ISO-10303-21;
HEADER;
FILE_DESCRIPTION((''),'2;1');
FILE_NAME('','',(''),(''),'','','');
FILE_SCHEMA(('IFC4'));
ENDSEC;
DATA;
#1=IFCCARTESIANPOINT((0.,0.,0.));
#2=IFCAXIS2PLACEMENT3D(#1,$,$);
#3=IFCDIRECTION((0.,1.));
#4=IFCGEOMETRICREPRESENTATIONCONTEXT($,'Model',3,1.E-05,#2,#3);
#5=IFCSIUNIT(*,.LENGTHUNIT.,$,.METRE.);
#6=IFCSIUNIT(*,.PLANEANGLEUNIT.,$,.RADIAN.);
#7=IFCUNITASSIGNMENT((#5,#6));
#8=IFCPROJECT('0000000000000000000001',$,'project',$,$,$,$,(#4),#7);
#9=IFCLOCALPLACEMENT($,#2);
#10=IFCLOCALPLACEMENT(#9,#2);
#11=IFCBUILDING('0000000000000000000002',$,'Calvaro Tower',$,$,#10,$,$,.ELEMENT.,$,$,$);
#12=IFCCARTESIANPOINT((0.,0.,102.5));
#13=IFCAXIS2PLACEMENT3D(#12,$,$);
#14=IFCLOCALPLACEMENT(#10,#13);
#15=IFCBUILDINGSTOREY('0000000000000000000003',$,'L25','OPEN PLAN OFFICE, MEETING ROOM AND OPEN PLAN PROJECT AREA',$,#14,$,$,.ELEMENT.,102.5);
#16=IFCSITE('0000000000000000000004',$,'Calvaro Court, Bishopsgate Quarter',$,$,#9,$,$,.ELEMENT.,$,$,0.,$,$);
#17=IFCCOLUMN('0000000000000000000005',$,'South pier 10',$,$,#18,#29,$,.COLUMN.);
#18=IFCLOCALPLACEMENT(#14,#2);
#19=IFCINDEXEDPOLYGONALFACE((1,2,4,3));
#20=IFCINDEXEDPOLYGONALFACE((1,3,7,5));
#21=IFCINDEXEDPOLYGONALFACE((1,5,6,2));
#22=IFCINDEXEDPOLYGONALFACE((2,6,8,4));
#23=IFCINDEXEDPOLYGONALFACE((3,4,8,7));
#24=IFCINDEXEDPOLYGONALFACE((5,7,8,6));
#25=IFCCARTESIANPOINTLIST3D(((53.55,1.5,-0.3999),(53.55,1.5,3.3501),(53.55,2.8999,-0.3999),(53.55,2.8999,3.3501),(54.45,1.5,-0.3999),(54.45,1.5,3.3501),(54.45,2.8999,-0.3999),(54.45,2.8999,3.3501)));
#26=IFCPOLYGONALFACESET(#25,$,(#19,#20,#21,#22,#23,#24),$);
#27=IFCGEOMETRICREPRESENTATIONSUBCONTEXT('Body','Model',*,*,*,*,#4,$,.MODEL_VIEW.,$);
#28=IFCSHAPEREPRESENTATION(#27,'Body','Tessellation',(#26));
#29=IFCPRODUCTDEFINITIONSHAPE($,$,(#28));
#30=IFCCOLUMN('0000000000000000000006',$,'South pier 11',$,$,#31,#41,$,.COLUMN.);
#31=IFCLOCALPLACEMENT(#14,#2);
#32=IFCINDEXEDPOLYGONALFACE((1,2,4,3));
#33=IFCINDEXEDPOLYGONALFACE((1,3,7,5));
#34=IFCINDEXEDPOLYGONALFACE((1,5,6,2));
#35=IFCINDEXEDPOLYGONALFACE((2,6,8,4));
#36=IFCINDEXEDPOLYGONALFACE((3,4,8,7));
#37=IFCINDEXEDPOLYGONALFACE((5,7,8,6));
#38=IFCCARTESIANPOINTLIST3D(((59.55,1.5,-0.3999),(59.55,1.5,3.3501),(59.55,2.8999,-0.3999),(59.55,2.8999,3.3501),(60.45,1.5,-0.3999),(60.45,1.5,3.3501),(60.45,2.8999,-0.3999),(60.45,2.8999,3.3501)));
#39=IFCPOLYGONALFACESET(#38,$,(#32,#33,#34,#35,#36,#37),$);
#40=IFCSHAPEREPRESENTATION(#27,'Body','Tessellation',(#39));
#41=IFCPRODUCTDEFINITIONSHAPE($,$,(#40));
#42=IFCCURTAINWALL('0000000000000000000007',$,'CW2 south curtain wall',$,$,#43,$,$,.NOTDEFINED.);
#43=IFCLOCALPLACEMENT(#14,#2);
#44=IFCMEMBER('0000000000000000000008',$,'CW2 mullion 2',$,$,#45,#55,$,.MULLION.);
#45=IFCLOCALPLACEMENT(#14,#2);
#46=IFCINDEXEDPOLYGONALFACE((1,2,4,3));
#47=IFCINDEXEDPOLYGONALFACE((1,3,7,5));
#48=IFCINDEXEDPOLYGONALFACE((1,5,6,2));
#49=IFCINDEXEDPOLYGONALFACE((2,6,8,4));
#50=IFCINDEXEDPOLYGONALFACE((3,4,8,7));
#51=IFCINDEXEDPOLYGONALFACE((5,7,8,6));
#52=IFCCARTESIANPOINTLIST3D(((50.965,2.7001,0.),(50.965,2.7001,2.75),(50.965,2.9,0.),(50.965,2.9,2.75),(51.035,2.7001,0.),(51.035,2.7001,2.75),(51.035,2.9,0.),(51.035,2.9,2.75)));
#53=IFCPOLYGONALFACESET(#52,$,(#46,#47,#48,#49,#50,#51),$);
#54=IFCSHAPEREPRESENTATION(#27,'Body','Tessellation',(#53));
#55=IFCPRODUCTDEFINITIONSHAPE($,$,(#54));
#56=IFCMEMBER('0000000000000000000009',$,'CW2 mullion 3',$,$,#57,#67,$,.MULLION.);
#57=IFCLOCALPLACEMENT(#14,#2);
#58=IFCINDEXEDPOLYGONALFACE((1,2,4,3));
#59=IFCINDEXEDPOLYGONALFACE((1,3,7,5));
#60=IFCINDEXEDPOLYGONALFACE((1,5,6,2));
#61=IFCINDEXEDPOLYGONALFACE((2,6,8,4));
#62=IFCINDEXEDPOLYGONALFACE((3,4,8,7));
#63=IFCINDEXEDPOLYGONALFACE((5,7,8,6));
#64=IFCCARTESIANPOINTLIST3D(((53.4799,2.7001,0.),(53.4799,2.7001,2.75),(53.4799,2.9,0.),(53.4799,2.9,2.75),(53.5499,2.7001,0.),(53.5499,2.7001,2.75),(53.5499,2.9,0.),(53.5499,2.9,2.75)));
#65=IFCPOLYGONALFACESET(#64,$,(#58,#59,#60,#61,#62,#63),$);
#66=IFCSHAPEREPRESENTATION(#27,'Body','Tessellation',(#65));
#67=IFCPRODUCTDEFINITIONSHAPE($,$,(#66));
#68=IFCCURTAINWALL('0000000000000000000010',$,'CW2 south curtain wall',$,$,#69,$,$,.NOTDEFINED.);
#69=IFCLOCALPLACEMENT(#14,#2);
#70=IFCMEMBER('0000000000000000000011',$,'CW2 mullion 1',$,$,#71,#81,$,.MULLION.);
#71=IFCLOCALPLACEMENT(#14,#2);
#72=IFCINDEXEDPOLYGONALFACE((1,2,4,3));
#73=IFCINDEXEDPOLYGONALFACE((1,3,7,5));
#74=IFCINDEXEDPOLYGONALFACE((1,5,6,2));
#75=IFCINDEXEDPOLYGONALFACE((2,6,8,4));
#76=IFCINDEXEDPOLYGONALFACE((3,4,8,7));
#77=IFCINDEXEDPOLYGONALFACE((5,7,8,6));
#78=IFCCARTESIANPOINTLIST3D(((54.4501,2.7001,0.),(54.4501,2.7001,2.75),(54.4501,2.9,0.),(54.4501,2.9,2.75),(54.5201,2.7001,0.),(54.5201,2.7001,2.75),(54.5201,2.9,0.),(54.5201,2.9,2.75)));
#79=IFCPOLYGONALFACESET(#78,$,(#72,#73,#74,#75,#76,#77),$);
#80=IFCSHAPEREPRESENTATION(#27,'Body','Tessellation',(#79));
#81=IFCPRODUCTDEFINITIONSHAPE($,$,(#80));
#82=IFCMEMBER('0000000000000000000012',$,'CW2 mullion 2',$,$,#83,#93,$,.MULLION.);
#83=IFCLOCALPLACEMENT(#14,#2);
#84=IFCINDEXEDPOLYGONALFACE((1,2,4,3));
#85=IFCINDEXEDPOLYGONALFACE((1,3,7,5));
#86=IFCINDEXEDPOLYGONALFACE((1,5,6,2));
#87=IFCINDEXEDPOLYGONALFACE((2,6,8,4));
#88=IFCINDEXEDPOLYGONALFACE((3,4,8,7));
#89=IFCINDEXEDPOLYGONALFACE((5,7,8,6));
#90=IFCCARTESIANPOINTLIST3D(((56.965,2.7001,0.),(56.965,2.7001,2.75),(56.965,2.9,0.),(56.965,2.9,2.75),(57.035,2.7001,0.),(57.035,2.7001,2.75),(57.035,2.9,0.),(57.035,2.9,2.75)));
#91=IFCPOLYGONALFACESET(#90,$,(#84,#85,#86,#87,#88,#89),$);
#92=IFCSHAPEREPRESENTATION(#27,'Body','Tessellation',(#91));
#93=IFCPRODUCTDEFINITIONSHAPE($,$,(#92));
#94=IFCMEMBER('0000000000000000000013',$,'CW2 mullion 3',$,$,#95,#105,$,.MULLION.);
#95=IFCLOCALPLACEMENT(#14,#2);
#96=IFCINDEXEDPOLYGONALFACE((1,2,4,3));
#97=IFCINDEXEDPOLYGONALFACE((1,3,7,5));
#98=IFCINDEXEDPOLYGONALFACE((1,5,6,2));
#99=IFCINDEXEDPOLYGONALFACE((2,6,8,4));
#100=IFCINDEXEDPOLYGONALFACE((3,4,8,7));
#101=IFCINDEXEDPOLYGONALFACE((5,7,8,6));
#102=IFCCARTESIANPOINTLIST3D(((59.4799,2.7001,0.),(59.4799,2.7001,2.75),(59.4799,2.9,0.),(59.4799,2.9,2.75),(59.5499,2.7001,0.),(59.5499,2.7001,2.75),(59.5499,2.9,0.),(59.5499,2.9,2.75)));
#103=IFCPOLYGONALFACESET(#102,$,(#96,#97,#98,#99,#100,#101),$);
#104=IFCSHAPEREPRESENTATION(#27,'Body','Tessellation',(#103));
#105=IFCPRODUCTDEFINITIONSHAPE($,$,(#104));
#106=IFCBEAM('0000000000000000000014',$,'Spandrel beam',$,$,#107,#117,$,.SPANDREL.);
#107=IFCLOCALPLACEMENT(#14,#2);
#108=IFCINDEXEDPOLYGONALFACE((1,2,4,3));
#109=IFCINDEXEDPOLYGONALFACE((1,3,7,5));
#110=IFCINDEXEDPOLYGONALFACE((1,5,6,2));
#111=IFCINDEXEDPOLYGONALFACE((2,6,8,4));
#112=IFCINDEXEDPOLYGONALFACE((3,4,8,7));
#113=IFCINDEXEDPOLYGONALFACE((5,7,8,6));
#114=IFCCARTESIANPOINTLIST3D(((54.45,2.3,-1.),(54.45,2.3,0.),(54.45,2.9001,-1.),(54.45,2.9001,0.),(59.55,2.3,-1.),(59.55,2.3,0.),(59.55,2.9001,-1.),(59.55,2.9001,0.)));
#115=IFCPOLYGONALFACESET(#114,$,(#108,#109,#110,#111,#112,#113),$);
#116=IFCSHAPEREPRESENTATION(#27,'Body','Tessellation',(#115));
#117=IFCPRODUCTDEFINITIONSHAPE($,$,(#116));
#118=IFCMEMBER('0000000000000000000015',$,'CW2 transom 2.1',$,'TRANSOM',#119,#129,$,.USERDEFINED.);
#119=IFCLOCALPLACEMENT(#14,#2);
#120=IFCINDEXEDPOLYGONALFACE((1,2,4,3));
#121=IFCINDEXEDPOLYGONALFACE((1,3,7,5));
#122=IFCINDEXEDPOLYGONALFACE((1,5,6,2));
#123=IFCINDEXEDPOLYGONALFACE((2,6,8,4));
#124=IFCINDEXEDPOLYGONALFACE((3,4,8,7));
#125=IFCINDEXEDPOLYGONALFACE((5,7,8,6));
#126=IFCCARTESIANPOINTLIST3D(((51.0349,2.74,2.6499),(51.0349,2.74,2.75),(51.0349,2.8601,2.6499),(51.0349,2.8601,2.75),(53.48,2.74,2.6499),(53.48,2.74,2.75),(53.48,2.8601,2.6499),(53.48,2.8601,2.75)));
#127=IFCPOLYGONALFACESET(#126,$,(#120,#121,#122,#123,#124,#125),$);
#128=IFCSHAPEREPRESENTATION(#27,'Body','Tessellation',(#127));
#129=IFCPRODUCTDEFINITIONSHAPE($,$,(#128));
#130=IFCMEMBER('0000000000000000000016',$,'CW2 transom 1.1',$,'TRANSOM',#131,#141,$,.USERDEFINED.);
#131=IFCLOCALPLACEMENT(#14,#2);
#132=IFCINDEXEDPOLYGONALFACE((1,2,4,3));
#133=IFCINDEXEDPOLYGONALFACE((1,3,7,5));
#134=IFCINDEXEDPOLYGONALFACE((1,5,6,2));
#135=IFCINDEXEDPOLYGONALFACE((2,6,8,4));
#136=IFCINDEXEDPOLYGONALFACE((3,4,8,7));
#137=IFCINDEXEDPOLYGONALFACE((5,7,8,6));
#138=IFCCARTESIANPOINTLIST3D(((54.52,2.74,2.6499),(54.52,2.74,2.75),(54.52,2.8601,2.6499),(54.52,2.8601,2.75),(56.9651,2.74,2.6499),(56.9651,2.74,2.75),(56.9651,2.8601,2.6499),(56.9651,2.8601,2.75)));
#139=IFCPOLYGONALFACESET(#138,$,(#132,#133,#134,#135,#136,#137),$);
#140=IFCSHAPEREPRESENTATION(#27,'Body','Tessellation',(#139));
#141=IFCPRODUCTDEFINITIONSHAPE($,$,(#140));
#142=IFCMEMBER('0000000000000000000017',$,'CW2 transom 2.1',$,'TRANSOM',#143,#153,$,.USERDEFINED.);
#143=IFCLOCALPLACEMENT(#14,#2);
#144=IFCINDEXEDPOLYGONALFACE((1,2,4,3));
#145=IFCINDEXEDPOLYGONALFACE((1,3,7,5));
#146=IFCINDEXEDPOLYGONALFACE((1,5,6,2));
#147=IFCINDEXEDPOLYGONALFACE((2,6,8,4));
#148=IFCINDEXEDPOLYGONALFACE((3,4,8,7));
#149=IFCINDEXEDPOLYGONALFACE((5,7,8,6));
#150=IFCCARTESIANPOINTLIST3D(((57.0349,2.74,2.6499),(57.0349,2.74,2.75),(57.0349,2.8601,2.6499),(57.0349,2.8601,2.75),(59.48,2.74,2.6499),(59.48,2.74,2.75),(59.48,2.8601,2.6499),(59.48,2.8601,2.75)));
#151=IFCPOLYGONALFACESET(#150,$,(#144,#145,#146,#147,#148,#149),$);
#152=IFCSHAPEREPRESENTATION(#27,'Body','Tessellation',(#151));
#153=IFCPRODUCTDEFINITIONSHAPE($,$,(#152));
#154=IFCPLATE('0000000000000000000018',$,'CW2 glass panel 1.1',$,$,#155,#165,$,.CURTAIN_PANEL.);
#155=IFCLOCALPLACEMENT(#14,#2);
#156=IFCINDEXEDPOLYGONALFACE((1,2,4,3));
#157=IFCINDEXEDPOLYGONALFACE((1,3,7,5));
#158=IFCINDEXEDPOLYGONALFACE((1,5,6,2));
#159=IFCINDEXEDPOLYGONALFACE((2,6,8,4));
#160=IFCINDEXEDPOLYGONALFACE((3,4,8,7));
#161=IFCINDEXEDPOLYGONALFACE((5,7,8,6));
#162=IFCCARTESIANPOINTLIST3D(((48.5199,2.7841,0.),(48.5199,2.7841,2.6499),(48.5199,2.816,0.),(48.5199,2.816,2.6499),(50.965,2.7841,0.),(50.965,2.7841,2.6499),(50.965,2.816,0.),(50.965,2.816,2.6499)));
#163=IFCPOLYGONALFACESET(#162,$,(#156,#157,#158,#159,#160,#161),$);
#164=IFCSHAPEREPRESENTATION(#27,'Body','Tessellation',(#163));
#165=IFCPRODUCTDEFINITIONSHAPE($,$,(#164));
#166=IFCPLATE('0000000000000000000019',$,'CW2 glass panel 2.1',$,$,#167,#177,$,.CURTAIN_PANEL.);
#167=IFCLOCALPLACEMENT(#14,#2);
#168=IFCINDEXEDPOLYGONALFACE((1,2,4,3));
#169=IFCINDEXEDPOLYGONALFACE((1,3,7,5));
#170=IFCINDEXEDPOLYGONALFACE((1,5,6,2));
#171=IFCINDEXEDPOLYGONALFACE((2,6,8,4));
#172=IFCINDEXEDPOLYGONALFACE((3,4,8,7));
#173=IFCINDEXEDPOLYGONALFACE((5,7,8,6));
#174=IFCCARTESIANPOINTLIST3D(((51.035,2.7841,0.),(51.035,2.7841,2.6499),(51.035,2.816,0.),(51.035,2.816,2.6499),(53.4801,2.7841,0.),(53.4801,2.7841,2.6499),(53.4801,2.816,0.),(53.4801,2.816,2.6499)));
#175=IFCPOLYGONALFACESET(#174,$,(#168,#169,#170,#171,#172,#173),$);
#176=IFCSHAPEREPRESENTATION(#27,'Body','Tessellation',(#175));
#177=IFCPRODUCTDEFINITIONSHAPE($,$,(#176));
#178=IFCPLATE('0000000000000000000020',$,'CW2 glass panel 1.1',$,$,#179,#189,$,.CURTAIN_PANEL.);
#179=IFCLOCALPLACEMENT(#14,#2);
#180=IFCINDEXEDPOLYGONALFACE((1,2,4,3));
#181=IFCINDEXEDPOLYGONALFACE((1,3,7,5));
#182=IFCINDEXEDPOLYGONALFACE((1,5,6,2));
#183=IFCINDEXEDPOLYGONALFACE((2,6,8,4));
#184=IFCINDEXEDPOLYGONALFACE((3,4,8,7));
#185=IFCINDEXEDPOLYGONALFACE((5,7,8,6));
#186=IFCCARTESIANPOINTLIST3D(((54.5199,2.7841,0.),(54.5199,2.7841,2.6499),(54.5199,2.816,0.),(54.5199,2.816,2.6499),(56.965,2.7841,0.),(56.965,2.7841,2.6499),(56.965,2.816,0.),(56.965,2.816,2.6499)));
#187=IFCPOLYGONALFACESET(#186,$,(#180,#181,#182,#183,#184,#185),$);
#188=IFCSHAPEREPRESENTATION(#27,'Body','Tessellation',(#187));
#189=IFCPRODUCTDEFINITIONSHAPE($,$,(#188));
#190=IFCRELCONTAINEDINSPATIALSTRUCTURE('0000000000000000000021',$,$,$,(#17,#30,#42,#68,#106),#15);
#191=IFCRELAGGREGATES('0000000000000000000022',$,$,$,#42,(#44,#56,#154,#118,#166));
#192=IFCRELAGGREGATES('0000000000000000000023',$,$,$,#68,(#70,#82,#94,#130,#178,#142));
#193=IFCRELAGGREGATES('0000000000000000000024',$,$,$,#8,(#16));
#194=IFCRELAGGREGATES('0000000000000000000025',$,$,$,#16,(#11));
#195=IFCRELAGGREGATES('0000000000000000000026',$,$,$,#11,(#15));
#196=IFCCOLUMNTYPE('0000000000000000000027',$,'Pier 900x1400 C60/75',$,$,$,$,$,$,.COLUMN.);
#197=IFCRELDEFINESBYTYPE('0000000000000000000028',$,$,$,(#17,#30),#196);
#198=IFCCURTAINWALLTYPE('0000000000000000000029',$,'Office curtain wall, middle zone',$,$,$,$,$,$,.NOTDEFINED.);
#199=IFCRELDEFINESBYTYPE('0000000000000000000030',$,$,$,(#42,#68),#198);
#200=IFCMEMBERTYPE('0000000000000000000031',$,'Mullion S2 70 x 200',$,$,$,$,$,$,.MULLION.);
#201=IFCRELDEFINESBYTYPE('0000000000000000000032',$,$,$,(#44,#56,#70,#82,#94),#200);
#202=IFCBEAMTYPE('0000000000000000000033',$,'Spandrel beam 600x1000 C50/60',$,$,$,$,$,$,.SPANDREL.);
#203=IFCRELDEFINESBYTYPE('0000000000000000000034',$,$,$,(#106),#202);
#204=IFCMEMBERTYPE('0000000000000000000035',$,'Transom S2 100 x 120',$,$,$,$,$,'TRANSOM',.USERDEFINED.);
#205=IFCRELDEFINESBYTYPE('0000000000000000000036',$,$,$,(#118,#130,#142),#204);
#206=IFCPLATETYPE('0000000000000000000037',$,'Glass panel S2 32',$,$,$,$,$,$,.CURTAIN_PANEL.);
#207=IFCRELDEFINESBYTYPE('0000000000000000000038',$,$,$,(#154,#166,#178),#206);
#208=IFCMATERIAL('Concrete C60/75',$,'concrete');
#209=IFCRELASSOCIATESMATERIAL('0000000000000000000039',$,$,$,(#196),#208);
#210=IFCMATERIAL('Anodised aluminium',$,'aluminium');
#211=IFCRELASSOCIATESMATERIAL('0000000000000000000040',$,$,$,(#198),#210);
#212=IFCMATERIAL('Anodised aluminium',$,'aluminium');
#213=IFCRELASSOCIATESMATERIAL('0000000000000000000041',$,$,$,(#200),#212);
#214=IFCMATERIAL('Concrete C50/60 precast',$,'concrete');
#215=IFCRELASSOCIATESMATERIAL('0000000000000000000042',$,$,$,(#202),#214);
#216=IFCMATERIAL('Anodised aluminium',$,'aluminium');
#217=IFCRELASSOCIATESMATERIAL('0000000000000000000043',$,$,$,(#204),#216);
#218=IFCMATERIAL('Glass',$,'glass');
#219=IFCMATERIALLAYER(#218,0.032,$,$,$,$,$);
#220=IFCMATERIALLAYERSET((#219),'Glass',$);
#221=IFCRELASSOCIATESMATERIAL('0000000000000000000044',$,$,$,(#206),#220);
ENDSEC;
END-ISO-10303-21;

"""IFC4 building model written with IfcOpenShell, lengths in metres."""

from ifc_helpers import new_model, si_unit, direction, frame, origin, origin_2d, place, context, subcontext, project, spatial, rectangle, extrude, material, layer, layer_set, material_profile, profile_set, type_object, element, aggregate, save


model = new_model("IFC4")

# Units and contexts
model_context = context("Model", 3, precision=1e-05, world=origin(), true_north=direction((0.0, 1.0)))
body_context = subcontext(model_context, "Body", "Model", "MODEL_VIEW")
ifc_project = project(units=[si_unit("LENGTHUNIT", "METRE"), si_unit("PLANEANGLEUNIT", "RADIAN")], contexts=[model_context])

# Site, building, storey
site_placement = place(None, origin())
site = spatial("IfcSite", under=ifc_project, at=site_placement, Name="Calvaro Court, Bishopsgate Quarter", CompositionType="ELEMENT", RefElevation=0.0)
building_placement = place(site_placement, origin())
building = spatial("IfcBuilding", under=site, at=building_placement, Name="Calvaro Tower", CompositionType="ELEMENT")
storey_placement = place(building_placement, frame((0.0, 0.0, 102.5)))
storey = spatial("IfcBuildingStorey", under=building, at=storey_placement, Name="L25", Description="OPEN PLAN OFFICE, MEETING ROOM AND OPEN PLAN PROJECT AREA", CompositionType="ELEMENT", Elevation=102.5)

# Columns
ifc_material_1 = material(Name="Concrete C60/75", Category="concrete")
ifc_material_profile_1 = material_profile(ifc_material_1, rectangle(XDim=0.8999, YDim=1.3999, at=origin_2d()), Name="RC 900x1400")
ifc_profile_set_1 = profile_set([ifc_material_profile_1], Name="Concrete C60/75")
column_type = type_object("IfcColumnType", Name="Pier 900x1400 C60/75", PredefinedType="COLUMN", material=ifc_profile_set_1)
for number, where, z_axis, x_axis, name in (
    (1, (54.0, 2.2, -0.3999), (0.0, 0.0, 1.0), (1.0, 0.0, 0.0), "South pier 10"),
    (2, (60.0, 2.2, -0.3999), (0.0, 0.0, 1.0), (1.0, 0.0, 0.0), "South pier 11"),
):
    element("IfcColumn", number, at=place(storey_placement, frame(where, z_axis=z_axis, x_axis=x_axis)), inside=storey, type_object=column_type, Name=name, PredefinedType="COLUMN", context=body_context, shape_type="SweptSolid", body=[
        extrude(rectangle(XDim=0.8999, YDim=1.3999, at=origin_2d()), origin(), (0.0, 0.0, 1.0), 3.75),
    ])

# Curtain walls, members
ifc_material_2 = material(Name="Anodised aluminium", Category="aluminium")
curtain_wall_type = type_object("IfcCurtainWallType", Name="Office curtain wall, middle zone", PredefinedType="NOTDEFINED", material=ifc_material_2)
curtain_wall_1_placement = place(storey_placement, origin())
curtain_wall_1 = element("IfcCurtainWall", 3, at=curtain_wall_1_placement, inside=storey, type_object=curtain_wall_type, Name="CW2 south curtain wall", PredefinedType="NOTDEFINED")
ifc_material_3 = material(Name="Anodised aluminium", Category="aluminium")
ifc_material_profile_2 = material_profile(ifc_material_3, rectangle(XDim=0.2, YDim=0.0701, at=origin_2d()), Name="Mullion S2 70 x 200")
ifc_profile_set_2 = profile_set([ifc_material_profile_2], Name="Anodised aluminium")
member_type_1 = type_object("IfcMemberType", Name="Mullion S2 70 x 200", PredefinedType="MULLION", material=ifc_profile_set_2)
member_1_placement = place(storey_placement, frame((51.0, 2.8, 0.0), z_axis=(0.0, 0.0, 1.0), x_axis=(0.0, 1.0, 0.0)))
member_1 = element("IfcMember", 4, at=member_1_placement, type_object=member_type_1, Name="CW2 mullion 2", PredefinedType="MULLION", context=body_context, shape_type="SweptSolid", body=[
    extrude(rectangle(XDim=0.2, YDim=0.0701, at=origin_2d()), origin(), (0.0, 0.0, 1.0), 2.75),
])
member_2_placement = place(storey_placement, frame((53.5149, 2.8, 0.0), z_axis=(0.0, 0.0, 1.0), x_axis=(0.0, 1.0, 0.0)))
member_2 = element("IfcMember", 5, at=member_2_placement, type_object=member_type_1, Name="CW2 mullion 3", PredefinedType="MULLION", context=body_context, shape_type="SweptSolid", body=[
    extrude(rectangle(XDim=0.2, YDim=0.0701, at=origin_2d()), origin(), (0.0, 0.0, 1.0), 2.75),
])
curtain_wall_2_placement = place(storey_placement, origin())
curtain_wall_2 = element("IfcCurtainWall", 6, at=curtain_wall_2_placement, inside=storey, type_object=curtain_wall_type, Name="CW2 south curtain wall", PredefinedType="NOTDEFINED")
member_3_placement = place(storey_placement, frame((54.4851, 2.8, 0.0), z_axis=(0.0, 0.0, 1.0), x_axis=(0.0, 1.0, 0.0)))
member_3 = element("IfcMember", 7, at=member_3_placement, type_object=member_type_1, Name="CW2 mullion 1", PredefinedType="MULLION", context=body_context, shape_type="SweptSolid", body=[
    extrude(rectangle(XDim=0.2, YDim=0.0701, at=origin_2d()), origin(), (0.0, 0.0, 1.0), 2.75),
])
member_4_placement = place(storey_placement, frame((57.0, 2.8, 0.0), z_axis=(0.0, 0.0, 1.0), x_axis=(0.0, 1.0, 0.0)))
member_4 = element("IfcMember", 8, at=member_4_placement, type_object=member_type_1, Name="CW2 mullion 2", PredefinedType="MULLION", context=body_context, shape_type="SweptSolid", body=[
    extrude(rectangle(XDim=0.2, YDim=0.0701, at=origin_2d()), origin(), (0.0, 0.0, 1.0), 2.75),
])
member_5_placement = place(storey_placement, frame((59.5149, 2.8, 0.0), z_axis=(0.0, 0.0, 1.0), x_axis=(0.0, 1.0, 0.0)))
member_5 = element("IfcMember", 9, at=member_5_placement, type_object=member_type_1, Name="CW2 mullion 3", PredefinedType="MULLION", context=body_context, shape_type="SweptSolid", body=[
    extrude(rectangle(XDim=0.2, YDim=0.0701, at=origin_2d()), origin(), (0.0, 0.0, 1.0), 2.75),
])

# Beam
ifc_material_4 = material(Name="Concrete C50/60 precast", Category="concrete")
ifc_material_profile_3 = material_profile(ifc_material_4, rectangle(XDim=0.6001, YDim=1.0, at=origin_2d()), Name="RC 600x1000")
ifc_profile_set_3 = profile_set([ifc_material_profile_3], Name="Concrete C50/60 precast")
beam_type = type_object("IfcBeamType", Name="Spandrel beam 600x1000 C50/60", PredefinedType="SPANDREL", material=ifc_profile_set_3)
beam_placement = place(storey_placement, frame((54.45, 2.6001, -0.5), z_axis=(1.0, 0.0, 0.0), x_axis=(0.0, 1.0, 0.0)))
element("IfcBeam", 10, at=beam_placement, inside=storey, type_object=beam_type, Name="Spandrel beam", PredefinedType="SPANDREL", context=body_context, shape_type="SweptSolid", body=[
    extrude(rectangle(XDim=0.6001, YDim=1.0, at=origin_2d()), origin(), (0.0, 0.0, 1.0), 5.1001),
])

# Members
ifc_material_5 = material(Name="Anodised aluminium", Category="aluminium")
ifc_material_profile_4 = material_profile(ifc_material_5, rectangle(XDim=0.1201, YDim=0.1001, at=origin_2d()), Name="Transom S2 100 x 120")
ifc_profile_set_4 = profile_set([ifc_material_profile_4], Name="Anodised aluminium")
member_type_2 = type_object("IfcMemberType", Name="Transom S2 100 x 120", ElementType="TRANSOM", PredefinedType="USERDEFINED", material=ifc_profile_set_4)
member_6_placement = place(storey_placement, frame((51.0349, 2.8, 2.7), z_axis=(1.0, 0.0, 0.0), x_axis=(0.0, 1.0, 0.0)))
member_6 = element("IfcMember", 11, at=member_6_placement, type_object=member_type_2, Name="CW2 transom 2.1", ObjectType="TRANSOM", PredefinedType="USERDEFINED", context=body_context, shape_type="SweptSolid", body=[
    extrude(rectangle(XDim=0.1201, YDim=0.1001, at=origin_2d()), origin(), (0.0, 0.0, 1.0), 2.4451),
])
member_7_placement = place(storey_placement, frame((54.52, 2.8, 2.7), z_axis=(1.0, 0.0, 0.0), x_axis=(0.0, 1.0, 0.0)))
member_7 = element("IfcMember", 12, at=member_7_placement, type_object=member_type_2, Name="CW2 transom 1.1", ObjectType="TRANSOM", PredefinedType="USERDEFINED", context=body_context, shape_type="SweptSolid", body=[
    extrude(rectangle(XDim=0.1201, YDim=0.1001, at=origin_2d()), origin(), (0.0, 0.0, 1.0), 2.4451),
])
member_8_placement = place(storey_placement, frame((57.0349, 2.8, 2.7), z_axis=(1.0, 0.0, 0.0), x_axis=(0.0, 1.0, 0.0)))
member_8 = element("IfcMember", 13, at=member_8_placement, type_object=member_type_2, Name="CW2 transom 2.1", ObjectType="TRANSOM", PredefinedType="USERDEFINED", context=body_context, shape_type="SweptSolid", body=[
    extrude(rectangle(XDim=0.1201, YDim=0.1001, at=origin_2d()), origin(), (0.0, 0.0, 1.0), 2.4451),
])

# Plates
ifc_material_6 = material(Name="Glass", Category="glass")
ifc_layer_1 = layer(ifc_material_6, 0.032)
ifc_layer_set_1 = layer_set([ifc_layer_1], Name="Glass")
plate_type = type_object("IfcPlateType", Name="Glass panel S2 32", PredefinedType="CURTAIN_PANEL", material=ifc_layer_set_1)
plate_1_placement = place(storey_placement, frame((49.7424, 2.8, 0.0), z_axis=(0.0, 0.0, 1.0), x_axis=(1.0, 0.0, 0.0)))
plate_1 = element("IfcPlate", 14, at=plate_1_placement, type_object=plate_type, Name="CW2 glass panel 1.1", PredefinedType="CURTAIN_PANEL", context=body_context, shape_type="SweptSolid", body=[
    extrude(rectangle(XDim=2.4451, YDim=0.032, at=origin_2d()), origin(), (0.0, 0.0, 1.0), 2.6499),
])
plate_2_placement = place(storey_placement, frame((52.2576, 2.8, 0.0), z_axis=(0.0, 0.0, 1.0), x_axis=(1.0, 0.0, 0.0)))
plate_2 = element("IfcPlate", 15, at=plate_2_placement, type_object=plate_type, Name="CW2 glass panel 2.1", PredefinedType="CURTAIN_PANEL", context=body_context, shape_type="SweptSolid", body=[
    extrude(rectangle(XDim=2.4451, YDim=0.032, at=origin_2d()), origin(), (0.0, 0.0, 1.0), 2.6499),
])
aggregate(curtain_wall_1, [member_1, member_2, plate_1, member_6, plate_2])
plate_3_placement = place(storey_placement, frame((55.7424, 2.8, 0.0), z_axis=(0.0, 0.0, 1.0), x_axis=(1.0, 0.0, 0.0)))
plate_3 = element("IfcPlate", 16, at=plate_3_placement, type_object=plate_type, Name="CW2 glass panel 1.1", PredefinedType="CURTAIN_PANEL", context=body_context, shape_type="SweptSolid", body=[
    extrude(rectangle(XDim=2.4451, YDim=0.032, at=origin_2d()), origin(), (0.0, 0.0, 1.0), 2.6499),
])
aggregate(curtain_wall_2, [member_3, member_4, member_5, member_7, plate_3, member_8])

save(model, "model.ifc")
